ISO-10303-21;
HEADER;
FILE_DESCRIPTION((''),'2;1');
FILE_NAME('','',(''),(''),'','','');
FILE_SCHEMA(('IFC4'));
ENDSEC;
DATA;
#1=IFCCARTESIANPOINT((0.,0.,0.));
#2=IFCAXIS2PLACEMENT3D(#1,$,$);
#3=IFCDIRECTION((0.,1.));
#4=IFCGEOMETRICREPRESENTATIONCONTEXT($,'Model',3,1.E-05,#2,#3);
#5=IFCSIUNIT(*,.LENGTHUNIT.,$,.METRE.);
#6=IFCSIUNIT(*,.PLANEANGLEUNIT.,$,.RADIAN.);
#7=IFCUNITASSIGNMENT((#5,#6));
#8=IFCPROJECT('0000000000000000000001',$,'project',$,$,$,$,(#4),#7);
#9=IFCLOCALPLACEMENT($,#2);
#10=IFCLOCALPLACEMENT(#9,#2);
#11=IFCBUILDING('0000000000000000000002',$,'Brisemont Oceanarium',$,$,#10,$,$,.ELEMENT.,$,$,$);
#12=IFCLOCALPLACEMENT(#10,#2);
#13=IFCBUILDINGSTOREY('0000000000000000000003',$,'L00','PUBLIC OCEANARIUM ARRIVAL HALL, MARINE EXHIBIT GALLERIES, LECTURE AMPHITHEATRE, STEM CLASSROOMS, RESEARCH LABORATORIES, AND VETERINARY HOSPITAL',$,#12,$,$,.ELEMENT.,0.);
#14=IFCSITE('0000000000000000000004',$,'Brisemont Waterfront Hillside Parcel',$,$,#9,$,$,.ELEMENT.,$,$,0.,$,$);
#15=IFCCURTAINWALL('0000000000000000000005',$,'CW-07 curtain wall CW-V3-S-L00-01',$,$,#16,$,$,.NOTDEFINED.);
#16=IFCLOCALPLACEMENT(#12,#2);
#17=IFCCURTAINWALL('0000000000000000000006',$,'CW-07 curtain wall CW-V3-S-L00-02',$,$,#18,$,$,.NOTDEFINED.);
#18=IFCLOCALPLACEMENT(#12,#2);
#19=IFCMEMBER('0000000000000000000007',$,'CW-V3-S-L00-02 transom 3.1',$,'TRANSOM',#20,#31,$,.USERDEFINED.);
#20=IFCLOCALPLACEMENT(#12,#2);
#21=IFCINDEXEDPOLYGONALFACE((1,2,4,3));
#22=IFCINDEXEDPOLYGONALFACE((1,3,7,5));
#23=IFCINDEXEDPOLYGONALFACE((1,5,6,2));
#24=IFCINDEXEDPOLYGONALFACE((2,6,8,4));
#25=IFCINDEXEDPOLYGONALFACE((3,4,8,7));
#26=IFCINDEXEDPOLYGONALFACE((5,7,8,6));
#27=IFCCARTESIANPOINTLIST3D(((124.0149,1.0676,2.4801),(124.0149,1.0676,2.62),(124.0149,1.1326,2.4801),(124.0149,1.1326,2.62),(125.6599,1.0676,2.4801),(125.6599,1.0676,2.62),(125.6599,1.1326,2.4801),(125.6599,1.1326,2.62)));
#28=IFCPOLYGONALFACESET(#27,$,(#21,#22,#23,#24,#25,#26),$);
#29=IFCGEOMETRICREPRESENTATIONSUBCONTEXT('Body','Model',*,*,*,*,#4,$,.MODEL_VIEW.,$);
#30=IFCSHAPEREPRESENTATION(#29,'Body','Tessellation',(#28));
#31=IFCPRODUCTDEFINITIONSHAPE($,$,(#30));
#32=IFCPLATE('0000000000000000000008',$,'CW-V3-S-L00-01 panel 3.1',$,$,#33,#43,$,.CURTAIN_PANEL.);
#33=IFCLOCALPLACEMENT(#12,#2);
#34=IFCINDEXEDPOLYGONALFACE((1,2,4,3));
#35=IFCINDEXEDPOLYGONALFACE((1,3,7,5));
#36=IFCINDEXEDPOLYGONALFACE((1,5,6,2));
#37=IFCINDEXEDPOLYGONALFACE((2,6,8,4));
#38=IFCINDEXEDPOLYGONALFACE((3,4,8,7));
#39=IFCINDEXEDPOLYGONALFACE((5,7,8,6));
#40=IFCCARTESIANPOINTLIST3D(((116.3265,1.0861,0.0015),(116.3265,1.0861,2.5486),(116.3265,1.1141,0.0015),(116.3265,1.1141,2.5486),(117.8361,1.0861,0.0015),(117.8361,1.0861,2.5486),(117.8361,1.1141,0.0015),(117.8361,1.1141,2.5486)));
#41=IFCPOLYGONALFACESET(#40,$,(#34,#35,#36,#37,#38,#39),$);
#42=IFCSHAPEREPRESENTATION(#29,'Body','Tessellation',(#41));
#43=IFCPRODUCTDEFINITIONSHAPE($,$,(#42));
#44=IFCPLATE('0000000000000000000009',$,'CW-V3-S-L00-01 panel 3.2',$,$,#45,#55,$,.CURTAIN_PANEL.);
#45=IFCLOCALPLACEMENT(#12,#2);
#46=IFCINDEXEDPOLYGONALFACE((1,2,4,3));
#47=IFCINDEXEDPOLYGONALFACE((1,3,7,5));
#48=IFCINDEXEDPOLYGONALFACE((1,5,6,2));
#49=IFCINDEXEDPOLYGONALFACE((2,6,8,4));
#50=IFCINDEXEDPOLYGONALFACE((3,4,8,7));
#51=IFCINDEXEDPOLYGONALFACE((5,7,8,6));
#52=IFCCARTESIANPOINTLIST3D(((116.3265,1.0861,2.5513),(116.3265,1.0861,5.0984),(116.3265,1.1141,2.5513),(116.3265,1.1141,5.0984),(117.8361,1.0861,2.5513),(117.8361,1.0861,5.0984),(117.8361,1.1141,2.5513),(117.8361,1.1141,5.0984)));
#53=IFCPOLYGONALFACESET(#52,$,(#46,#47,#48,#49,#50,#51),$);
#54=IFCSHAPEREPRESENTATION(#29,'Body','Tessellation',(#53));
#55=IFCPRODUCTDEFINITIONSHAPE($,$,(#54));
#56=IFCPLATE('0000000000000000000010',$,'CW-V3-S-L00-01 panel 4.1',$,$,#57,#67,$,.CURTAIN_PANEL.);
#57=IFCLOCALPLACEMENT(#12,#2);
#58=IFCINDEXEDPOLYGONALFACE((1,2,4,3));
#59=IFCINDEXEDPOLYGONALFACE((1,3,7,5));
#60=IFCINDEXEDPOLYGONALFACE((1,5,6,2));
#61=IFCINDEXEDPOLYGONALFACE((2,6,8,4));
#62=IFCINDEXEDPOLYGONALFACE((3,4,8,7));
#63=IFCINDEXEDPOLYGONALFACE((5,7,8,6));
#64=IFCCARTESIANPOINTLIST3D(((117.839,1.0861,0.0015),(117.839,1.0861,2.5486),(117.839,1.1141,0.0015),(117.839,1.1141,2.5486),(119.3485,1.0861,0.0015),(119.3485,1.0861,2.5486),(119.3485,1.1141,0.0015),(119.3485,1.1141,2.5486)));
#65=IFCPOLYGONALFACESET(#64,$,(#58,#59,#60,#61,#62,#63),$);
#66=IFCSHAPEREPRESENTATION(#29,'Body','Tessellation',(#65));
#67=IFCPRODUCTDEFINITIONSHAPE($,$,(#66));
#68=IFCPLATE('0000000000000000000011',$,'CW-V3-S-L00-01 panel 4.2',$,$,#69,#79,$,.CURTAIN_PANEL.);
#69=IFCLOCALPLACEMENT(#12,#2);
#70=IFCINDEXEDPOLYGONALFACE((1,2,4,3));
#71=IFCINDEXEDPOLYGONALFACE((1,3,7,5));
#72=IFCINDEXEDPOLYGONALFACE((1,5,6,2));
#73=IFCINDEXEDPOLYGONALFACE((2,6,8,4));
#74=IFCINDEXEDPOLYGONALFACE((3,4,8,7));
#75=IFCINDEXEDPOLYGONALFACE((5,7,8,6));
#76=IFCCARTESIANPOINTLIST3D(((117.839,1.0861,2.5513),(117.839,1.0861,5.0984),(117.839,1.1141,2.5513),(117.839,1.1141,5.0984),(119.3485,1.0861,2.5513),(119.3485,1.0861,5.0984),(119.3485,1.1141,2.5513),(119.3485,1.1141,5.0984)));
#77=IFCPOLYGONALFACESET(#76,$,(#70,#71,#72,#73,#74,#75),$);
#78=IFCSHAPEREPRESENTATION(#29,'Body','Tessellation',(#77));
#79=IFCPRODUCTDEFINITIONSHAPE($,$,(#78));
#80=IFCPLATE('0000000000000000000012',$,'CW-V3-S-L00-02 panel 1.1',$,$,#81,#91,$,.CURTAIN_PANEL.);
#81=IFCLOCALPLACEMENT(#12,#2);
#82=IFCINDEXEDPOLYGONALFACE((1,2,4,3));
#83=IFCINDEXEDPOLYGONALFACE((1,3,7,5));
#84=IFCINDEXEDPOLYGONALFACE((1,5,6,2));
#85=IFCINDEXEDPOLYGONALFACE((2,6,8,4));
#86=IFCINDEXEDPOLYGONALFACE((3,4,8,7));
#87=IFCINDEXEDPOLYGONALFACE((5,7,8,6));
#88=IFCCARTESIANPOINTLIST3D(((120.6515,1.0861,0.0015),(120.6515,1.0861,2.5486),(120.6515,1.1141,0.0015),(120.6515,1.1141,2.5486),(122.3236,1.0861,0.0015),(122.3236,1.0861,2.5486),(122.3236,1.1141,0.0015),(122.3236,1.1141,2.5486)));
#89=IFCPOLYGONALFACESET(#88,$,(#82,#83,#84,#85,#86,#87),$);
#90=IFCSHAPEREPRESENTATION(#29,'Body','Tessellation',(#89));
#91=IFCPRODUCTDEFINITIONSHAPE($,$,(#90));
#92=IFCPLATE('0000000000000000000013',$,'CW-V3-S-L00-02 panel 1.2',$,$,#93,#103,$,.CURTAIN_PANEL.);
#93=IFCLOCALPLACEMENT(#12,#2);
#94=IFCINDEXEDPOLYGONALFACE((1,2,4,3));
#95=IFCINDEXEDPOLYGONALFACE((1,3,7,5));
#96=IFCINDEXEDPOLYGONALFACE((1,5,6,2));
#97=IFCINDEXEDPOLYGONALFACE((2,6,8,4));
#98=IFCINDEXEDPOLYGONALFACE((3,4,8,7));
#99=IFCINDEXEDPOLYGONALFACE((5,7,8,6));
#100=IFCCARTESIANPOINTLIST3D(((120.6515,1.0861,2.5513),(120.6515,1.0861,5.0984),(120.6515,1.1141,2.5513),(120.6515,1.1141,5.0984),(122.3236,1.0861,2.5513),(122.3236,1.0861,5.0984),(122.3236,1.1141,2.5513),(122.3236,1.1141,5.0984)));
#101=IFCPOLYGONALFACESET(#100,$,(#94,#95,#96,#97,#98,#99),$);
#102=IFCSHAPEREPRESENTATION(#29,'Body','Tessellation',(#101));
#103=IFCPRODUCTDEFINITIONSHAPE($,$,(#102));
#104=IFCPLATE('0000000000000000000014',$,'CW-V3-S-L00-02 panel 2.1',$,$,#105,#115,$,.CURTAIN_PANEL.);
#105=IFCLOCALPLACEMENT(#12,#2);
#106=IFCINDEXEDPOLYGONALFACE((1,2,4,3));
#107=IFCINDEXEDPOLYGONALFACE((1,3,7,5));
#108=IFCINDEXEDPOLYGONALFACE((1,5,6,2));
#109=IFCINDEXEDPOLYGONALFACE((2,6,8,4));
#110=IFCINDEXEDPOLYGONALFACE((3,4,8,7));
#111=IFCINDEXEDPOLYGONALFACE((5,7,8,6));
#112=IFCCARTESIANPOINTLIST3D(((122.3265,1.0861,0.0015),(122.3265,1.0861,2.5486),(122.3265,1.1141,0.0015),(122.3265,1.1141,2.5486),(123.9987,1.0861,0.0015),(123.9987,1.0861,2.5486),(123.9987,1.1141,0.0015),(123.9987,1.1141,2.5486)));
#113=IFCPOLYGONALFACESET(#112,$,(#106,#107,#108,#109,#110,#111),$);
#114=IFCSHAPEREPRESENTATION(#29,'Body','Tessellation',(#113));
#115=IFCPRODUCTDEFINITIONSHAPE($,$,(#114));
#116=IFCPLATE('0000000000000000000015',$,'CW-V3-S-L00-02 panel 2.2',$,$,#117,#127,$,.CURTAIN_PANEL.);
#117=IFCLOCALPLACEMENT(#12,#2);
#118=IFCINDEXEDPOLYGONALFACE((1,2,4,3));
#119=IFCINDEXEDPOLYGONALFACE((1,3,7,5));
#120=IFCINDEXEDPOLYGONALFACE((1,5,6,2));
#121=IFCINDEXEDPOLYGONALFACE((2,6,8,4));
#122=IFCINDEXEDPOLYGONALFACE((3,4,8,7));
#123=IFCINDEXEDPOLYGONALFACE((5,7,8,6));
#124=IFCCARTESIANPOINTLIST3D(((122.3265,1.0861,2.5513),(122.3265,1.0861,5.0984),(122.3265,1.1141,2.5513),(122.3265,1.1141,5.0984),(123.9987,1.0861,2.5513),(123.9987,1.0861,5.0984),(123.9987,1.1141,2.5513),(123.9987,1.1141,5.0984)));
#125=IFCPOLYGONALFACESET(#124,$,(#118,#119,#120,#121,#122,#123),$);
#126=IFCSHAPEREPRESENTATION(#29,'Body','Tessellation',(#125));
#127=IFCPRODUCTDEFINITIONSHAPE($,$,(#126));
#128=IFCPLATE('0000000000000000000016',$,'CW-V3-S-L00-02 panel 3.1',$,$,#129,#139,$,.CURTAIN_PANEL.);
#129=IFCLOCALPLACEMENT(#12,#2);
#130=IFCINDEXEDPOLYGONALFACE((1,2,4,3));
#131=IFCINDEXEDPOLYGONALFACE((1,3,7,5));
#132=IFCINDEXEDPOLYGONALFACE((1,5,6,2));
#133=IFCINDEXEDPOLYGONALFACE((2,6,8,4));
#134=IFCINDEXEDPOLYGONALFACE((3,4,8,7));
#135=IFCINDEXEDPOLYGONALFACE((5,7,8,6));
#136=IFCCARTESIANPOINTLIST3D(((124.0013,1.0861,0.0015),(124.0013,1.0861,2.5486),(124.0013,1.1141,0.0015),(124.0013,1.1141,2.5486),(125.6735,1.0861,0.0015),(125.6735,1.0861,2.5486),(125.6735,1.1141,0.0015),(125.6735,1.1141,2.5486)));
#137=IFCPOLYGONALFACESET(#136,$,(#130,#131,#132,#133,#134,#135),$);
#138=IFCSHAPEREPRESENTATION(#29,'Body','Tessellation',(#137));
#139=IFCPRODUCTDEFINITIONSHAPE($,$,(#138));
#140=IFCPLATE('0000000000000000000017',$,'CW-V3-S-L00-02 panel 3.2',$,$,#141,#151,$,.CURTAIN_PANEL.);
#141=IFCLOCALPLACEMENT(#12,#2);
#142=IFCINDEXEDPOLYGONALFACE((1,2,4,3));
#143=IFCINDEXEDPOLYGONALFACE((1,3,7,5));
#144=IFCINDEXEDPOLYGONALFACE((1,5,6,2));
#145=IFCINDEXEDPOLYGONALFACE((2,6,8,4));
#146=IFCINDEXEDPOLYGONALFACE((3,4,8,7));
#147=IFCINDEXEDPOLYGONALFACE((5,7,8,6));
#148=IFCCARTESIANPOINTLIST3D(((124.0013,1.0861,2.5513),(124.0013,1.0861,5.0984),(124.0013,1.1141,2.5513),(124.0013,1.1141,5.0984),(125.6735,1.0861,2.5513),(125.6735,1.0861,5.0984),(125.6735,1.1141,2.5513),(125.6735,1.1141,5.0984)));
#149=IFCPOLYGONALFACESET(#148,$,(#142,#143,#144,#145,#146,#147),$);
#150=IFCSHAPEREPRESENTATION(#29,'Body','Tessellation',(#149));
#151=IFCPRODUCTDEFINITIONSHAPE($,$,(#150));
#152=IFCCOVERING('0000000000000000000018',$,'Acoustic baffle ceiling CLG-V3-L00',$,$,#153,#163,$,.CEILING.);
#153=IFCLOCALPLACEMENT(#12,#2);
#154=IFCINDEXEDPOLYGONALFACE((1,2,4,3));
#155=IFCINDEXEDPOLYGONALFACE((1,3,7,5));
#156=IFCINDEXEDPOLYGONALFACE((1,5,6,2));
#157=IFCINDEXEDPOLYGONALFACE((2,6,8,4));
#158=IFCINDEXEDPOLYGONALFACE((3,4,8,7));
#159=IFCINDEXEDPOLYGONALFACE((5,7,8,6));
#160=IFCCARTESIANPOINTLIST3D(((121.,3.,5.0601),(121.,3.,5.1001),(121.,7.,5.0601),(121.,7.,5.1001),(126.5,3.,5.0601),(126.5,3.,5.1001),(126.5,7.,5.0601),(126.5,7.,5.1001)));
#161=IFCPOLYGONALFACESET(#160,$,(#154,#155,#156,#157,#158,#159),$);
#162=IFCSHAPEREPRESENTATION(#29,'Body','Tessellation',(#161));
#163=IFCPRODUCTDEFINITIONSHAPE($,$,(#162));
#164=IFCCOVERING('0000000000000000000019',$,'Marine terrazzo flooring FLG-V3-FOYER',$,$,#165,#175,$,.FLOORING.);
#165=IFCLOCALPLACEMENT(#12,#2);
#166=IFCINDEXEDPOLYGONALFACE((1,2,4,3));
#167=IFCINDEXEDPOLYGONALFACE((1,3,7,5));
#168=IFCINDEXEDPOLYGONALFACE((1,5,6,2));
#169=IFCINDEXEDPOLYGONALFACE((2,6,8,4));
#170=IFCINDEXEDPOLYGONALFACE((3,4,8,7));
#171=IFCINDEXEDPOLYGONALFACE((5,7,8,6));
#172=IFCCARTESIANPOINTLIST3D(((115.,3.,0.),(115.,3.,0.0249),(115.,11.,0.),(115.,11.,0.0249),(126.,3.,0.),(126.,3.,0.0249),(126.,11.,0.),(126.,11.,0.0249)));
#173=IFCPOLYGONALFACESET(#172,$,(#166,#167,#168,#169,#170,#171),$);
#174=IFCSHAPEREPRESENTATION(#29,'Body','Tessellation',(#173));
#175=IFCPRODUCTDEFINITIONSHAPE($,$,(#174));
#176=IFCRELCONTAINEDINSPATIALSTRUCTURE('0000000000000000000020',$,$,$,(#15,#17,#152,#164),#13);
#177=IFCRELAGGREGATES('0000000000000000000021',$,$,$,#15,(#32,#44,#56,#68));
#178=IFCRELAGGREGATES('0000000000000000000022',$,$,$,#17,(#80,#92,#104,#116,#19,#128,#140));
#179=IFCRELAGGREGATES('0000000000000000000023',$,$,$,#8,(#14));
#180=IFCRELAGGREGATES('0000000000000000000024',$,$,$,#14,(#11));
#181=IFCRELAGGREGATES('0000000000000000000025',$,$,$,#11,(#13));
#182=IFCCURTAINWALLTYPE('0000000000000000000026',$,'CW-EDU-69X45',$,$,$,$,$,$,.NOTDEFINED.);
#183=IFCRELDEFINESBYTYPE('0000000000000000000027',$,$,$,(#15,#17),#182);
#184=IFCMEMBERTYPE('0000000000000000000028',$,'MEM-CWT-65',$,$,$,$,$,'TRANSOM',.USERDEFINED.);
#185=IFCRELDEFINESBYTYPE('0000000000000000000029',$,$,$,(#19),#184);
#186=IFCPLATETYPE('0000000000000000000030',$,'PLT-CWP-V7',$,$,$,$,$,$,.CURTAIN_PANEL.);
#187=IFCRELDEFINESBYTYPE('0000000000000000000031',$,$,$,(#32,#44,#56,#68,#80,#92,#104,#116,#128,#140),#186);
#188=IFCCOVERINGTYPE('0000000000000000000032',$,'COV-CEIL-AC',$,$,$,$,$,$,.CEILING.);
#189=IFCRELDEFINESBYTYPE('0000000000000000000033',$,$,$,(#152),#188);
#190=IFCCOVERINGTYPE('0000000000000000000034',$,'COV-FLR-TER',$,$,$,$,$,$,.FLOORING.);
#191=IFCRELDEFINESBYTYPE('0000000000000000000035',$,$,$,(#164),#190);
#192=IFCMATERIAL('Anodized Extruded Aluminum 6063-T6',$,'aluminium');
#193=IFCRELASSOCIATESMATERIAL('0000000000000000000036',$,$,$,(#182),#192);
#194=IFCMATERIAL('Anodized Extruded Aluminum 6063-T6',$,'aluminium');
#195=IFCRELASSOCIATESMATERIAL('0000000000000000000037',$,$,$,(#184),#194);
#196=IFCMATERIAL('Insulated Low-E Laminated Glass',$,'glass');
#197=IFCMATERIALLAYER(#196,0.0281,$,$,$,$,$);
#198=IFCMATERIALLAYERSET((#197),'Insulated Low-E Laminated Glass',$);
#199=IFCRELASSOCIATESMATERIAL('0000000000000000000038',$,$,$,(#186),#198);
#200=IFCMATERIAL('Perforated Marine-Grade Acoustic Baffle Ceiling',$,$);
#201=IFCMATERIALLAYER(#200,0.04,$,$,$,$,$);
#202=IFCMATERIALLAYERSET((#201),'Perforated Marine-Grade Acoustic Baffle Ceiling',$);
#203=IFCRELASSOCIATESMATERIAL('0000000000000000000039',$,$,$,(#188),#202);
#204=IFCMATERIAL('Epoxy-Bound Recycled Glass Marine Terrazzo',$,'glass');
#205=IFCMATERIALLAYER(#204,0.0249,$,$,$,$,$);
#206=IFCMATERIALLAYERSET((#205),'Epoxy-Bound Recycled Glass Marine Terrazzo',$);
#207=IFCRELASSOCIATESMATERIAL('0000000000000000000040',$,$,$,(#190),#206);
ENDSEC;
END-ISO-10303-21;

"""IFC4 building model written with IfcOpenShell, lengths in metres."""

from ifc_helpers import new_model, si_unit, direction, frame, origin, origin_2d, place, context, subcontext, project, spatial, rectangle, extrude, material, layer, layer_set, material_profile, profile_set, type_object, element, aggregate, save


model = new_model("IFC4")

# Units and contexts
model_context = context("Model", 3, precision=1e-05, world=origin(), true_north=direction((0.0, 1.0)))
body_context = subcontext(model_context, "Body", "Model", "MODEL_VIEW")
ifc_project = project(units=[si_unit("LENGTHUNIT", "METRE"), si_unit("PLANEANGLEUNIT", "RADIAN")], contexts=[model_context])

# Site, building, storey
site_placement = place(None, origin())
site = spatial("IfcSite", under=ifc_project, at=site_placement, Name="Brisemont Waterfront Hillside Parcel", CompositionType="ELEMENT", RefElevation=0.0)
building_placement = place(site_placement, origin())
building = spatial("IfcBuilding", under=site, at=building_placement, Name="Brisemont Oceanarium", CompositionType="ELEMENT")
storey_placement = place(building_placement, origin())
storey = spatial("IfcBuildingStorey", under=building, at=storey_placement, Name="L00", Description="PUBLIC OCEANARIUM ARRIVAL HALL, MARINE EXHIBIT GALLERIES, LECTURE AMPHITHEATRE, STEM CLASSROOMS, RESEARCH LABORATORIES, AND VETERINARY HOSPITAL", CompositionType="ELEMENT", Elevation=0.0)

# Curtain walls
ifc_material_1 = material(Name="Anodized Extruded Aluminum 6063-T6", Category="aluminium")
curtain_wall_type = type_object("IfcCurtainWallType", Name="CW-EDU-69X45", PredefinedType="NOTDEFINED", material=ifc_material_1)
curtain_wall_1_placement = place(storey_placement, origin())
curtain_wall_1 = element("IfcCurtainWall", 1, at=curtain_wall_1_placement, inside=storey, type_object=curtain_wall_type, Name="CW-07 curtain wall CW-V3-S-L00-01", PredefinedType="NOTDEFINED")
curtain_wall_2_placement = place(storey_placement, origin())
curtain_wall_2 = element("IfcCurtainWall", 2, at=curtain_wall_2_placement, inside=storey, type_object=curtain_wall_type, Name="CW-07 curtain wall CW-V3-S-L00-02", PredefinedType="NOTDEFINED")

# Member
ifc_material_2 = material(Name="Anodized Extruded Aluminum 6063-T6", Category="aluminium")
ifc_material_profile_1 = material_profile(ifc_material_2, rectangle(XDim=0.0649, YDim=0.1399, at=origin_2d()), Name="CWT-65X140")
ifc_profile_set_1 = profile_set([ifc_material_profile_1], Name="Anodized Extruded Aluminum 6063-T6")
member_type_1 = type_object("IfcMemberType", Name="MEM-CWT-65", ElementType="TRANSOM", PredefinedType="USERDEFINED", material=ifc_profile_set_1)
member_1_placement = place(storey_placement, frame((124.0149, 1.1001, 2.55), z_axis=(1.0, 0.0, 0.0), x_axis=(0.0, 1.0, 0.0)))
member_1 = element("IfcMember", 3, at=member_1_placement, type_object=member_type_1, Name="CW-V3-S-L00-02 transom 3.1", ObjectType="TRANSOM", PredefinedType="USERDEFINED", context=body_context, shape_type="SweptSolid", body=[
    extrude(rectangle(XDim=0.0649, YDim=0.1399, at=origin_2d()), origin(), (0.0, 0.0, 1.0), 1.645),
])

# Plates
ifc_material_3 = material(Name="Insulated Low-E Laminated Glass", Category="glass")
ifc_layer_1 = layer(ifc_material_3, 0.0281)
ifc_layer_set_1 = layer_set([ifc_layer_1], Name="Insulated Low-E Laminated Glass")
plate_type = type_object("IfcPlateType", Name="PLT-CWP-V7", PredefinedType="CURTAIN_PANEL", material=ifc_layer_set_1)
plate_1_placement = place(storey_placement, frame((117.0813, 1.1001, 0.0015), z_axis=(0.0, 0.0, 1.0), x_axis=(1.0, 0.0, 0.0)))
plate_1 = element("IfcPlate", 4, at=plate_1_placement, type_object=plate_type, Name="CW-V3-S-L00-01 panel 3.1", PredefinedType="CURTAIN_PANEL", context=body_context, shape_type="SweptSolid", body=[
    extrude(rectangle(XDim=1.5095, YDim=0.0281, at=origin_2d()), origin(), (0.0, 0.0, 1.0), 2.5471),
])
plate_2_placement = place(storey_placement, frame((117.0813, 1.1001, 2.5513), z_axis=(0.0, 0.0, 1.0), x_axis=(1.0, 0.0, 0.0)))
plate_2 = element("IfcPlate", 5, at=plate_2_placement, type_object=plate_type, Name="CW-V3-S-L00-01 panel 3.2", PredefinedType="CURTAIN_PANEL", context=body_context, shape_type="SweptSolid", body=[
    extrude(rectangle(XDim=1.5095, YDim=0.0281, at=origin_2d()), origin(), (0.0, 0.0, 1.0), 2.5471),
])
plate_3_placement = place(storey_placement, frame((118.5938, 1.1001, 0.0015), z_axis=(0.0, 0.0, 1.0), x_axis=(1.0, 0.0, 0.0)))
plate_3 = element("IfcPlate", 6, at=plate_3_placement, type_object=plate_type, Name="CW-V3-S-L00-01 panel 4.1", PredefinedType="CURTAIN_PANEL", context=body_context, shape_type="SweptSolid", body=[
    extrude(rectangle(XDim=1.5095, YDim=0.0281, at=origin_2d()), origin(), (0.0, 0.0, 1.0), 2.5471),
])
plate_4_placement = place(storey_placement, frame((118.5938, 1.1001, 2.5513), z_axis=(0.0, 0.0, 1.0), x_axis=(1.0, 0.0, 0.0)))
plate_4 = element("IfcPlate", 7, at=plate_4_placement, type_object=plate_type, Name="CW-V3-S-L00-01 panel 4.2", PredefinedType="CURTAIN_PANEL", context=body_context, shape_type="SweptSolid", body=[
    extrude(rectangle(XDim=1.5095, YDim=0.0281, at=origin_2d()), origin(), (0.0, 0.0, 1.0), 2.5471),
])
aggregate(curtain_wall_1, [plate_1, plate_2, plate_3, plate_4])
plate_5_placement = place(storey_placement, frame((121.4875, 1.1001, 0.0015), z_axis=(0.0, 0.0, 1.0), x_axis=(1.0, 0.0, 0.0)))
plate_5 = element("IfcPlate", 8, at=plate_5_placement, type_object=plate_type, Name="CW-V3-S-L00-02 panel 1.1", PredefinedType="CURTAIN_PANEL", context=body_context, shape_type="SweptSolid", body=[
    extrude(rectangle(XDim=1.6721, YDim=0.0281, at=origin_2d()), origin(), (0.0, 0.0, 1.0), 2.5471),
])
plate_6_placement = place(storey_placement, frame((121.4875, 1.1001, 2.5513), z_axis=(0.0, 0.0, 1.0), x_axis=(1.0, 0.0, 0.0)))
plate_6 = element("IfcPlate", 9, at=plate_6_placement, type_object=plate_type, Name="CW-V3-S-L00-02 panel 1.2", PredefinedType="CURTAIN_PANEL", context=body_context, shape_type="SweptSolid", body=[
    extrude(rectangle(XDim=1.6721, YDim=0.0281, at=origin_2d()), origin(), (0.0, 0.0, 1.0), 2.5471),
])
plate_7_placement = place(storey_placement, frame((123.1626, 1.1001, 0.0015), z_axis=(0.0, 0.0, 1.0), x_axis=(1.0, 0.0, 0.0)))
plate_7 = element("IfcPlate", 10, at=plate_7_placement, type_object=plate_type, Name="CW-V3-S-L00-02 panel 2.1", PredefinedType="CURTAIN_PANEL", context=body_context, shape_type="SweptSolid", body=[
    extrude(rectangle(XDim=1.6721, YDim=0.0281, at=origin_2d()), origin(), (0.0, 0.0, 1.0), 2.5471),
])
plate_8_placement = place(storey_placement, frame((123.1626, 1.1001, 2.5513), z_axis=(0.0, 0.0, 1.0), x_axis=(1.0, 0.0, 0.0)))
plate_8 = element("IfcPlate", 11, at=plate_8_placement, type_object=plate_type, Name="CW-V3-S-L00-02 panel 2.2", PredefinedType="CURTAIN_PANEL", context=body_context, shape_type="SweptSolid", body=[
    extrude(rectangle(XDim=1.6721, YDim=0.0281, at=origin_2d()), origin(), (0.0, 0.0, 1.0), 2.5471),
])
plate_9_placement = place(storey_placement, frame((124.8374, 1.1001, 0.0015), z_axis=(0.0, 0.0, 1.0), x_axis=(1.0, 0.0, 0.0)))
plate_9 = element("IfcPlate", 12, at=plate_9_placement, type_object=plate_type, Name="CW-V3-S-L00-02 panel 3.1", PredefinedType="CURTAIN_PANEL", context=body_context, shape_type="SweptSolid", body=[
    extrude(rectangle(XDim=1.6721, YDim=0.0281, at=origin_2d()), origin(), (0.0, 0.0, 1.0), 2.5471),
])
plate_10_placement = place(storey_placement, frame((124.8374, 1.1001, 2.5513), z_axis=(0.0, 0.0, 1.0), x_axis=(1.0, 0.0, 0.0)))
plate_10 = element("IfcPlate", 13, at=plate_10_placement, type_object=plate_type, Name="CW-V3-S-L00-02 panel 3.2", PredefinedType="CURTAIN_PANEL", context=body_context, shape_type="SweptSolid", body=[
    extrude(rectangle(XDim=1.6721, YDim=0.0281, at=origin_2d()), origin(), (0.0, 0.0, 1.0), 2.5471),
])
aggregate(curtain_wall_2, [plate_5, plate_6, plate_7, plate_8, member_1, plate_9, plate_10])

# Coverings
ifc_material_4 = material(Name="Perforated Marine-Grade Acoustic Baffle Ceiling")
ifc_layer_2 = layer(ifc_material_4, 0.04)
ifc_layer_set_2 = layer_set([ifc_layer_2], Name="Perforated Marine-Grade Acoustic Baffle Ceiling")
covering_type_1 = type_object("IfcCoveringType", Name="COV-CEIL-AC", PredefinedType="CEILING", material=ifc_layer_set_2)
covering_1_placement = place(storey_placement, frame((123.75, 5.0, 5.0601), z_axis=(0.0, 0.0, 1.0), x_axis=(1.0, 0.0, 0.0)))
element("IfcCovering", 14, at=covering_1_placement, inside=storey, type_object=covering_type_1, Name="Acoustic baffle ceiling CLG-V3-L00", PredefinedType="CEILING", context=body_context, shape_type="SweptSolid", body=[
    extrude(rectangle(XDim=5.5, YDim=4.0, at=origin_2d()), origin(), (0.0, 0.0, 1.0), 0.04),
])
ifc_material_5 = material(Name="Epoxy-Bound Recycled Glass Marine Terrazzo", Category="glass")
ifc_layer_3 = layer(ifc_material_5, 0.0249)
ifc_layer_set_3 = layer_set([ifc_layer_3], Name="Epoxy-Bound Recycled Glass Marine Terrazzo")
covering_type_2 = type_object("IfcCoveringType", Name="COV-FLR-TER", PredefinedType="FLOORING", material=ifc_layer_set_3)
covering_2_placement = place(storey_placement, frame((120.5, 7.0, 0.0), z_axis=(0.0, 0.0, 1.0), x_axis=(1.0, 0.0, 0.0)))
element("IfcCovering", 15, at=covering_2_placement, inside=storey, type_object=covering_type_2, Name="Marine terrazzo flooring FLG-V3-FOYER", PredefinedType="FLOORING", context=body_context, shape_type="SweptSolid", body=[
    extrude(rectangle(XDim=11.0, YDim=8.0, at=origin_2d()), origin(), (0.0, 0.0, 1.0), 0.0249),
])

save(model, "model.ifc")
